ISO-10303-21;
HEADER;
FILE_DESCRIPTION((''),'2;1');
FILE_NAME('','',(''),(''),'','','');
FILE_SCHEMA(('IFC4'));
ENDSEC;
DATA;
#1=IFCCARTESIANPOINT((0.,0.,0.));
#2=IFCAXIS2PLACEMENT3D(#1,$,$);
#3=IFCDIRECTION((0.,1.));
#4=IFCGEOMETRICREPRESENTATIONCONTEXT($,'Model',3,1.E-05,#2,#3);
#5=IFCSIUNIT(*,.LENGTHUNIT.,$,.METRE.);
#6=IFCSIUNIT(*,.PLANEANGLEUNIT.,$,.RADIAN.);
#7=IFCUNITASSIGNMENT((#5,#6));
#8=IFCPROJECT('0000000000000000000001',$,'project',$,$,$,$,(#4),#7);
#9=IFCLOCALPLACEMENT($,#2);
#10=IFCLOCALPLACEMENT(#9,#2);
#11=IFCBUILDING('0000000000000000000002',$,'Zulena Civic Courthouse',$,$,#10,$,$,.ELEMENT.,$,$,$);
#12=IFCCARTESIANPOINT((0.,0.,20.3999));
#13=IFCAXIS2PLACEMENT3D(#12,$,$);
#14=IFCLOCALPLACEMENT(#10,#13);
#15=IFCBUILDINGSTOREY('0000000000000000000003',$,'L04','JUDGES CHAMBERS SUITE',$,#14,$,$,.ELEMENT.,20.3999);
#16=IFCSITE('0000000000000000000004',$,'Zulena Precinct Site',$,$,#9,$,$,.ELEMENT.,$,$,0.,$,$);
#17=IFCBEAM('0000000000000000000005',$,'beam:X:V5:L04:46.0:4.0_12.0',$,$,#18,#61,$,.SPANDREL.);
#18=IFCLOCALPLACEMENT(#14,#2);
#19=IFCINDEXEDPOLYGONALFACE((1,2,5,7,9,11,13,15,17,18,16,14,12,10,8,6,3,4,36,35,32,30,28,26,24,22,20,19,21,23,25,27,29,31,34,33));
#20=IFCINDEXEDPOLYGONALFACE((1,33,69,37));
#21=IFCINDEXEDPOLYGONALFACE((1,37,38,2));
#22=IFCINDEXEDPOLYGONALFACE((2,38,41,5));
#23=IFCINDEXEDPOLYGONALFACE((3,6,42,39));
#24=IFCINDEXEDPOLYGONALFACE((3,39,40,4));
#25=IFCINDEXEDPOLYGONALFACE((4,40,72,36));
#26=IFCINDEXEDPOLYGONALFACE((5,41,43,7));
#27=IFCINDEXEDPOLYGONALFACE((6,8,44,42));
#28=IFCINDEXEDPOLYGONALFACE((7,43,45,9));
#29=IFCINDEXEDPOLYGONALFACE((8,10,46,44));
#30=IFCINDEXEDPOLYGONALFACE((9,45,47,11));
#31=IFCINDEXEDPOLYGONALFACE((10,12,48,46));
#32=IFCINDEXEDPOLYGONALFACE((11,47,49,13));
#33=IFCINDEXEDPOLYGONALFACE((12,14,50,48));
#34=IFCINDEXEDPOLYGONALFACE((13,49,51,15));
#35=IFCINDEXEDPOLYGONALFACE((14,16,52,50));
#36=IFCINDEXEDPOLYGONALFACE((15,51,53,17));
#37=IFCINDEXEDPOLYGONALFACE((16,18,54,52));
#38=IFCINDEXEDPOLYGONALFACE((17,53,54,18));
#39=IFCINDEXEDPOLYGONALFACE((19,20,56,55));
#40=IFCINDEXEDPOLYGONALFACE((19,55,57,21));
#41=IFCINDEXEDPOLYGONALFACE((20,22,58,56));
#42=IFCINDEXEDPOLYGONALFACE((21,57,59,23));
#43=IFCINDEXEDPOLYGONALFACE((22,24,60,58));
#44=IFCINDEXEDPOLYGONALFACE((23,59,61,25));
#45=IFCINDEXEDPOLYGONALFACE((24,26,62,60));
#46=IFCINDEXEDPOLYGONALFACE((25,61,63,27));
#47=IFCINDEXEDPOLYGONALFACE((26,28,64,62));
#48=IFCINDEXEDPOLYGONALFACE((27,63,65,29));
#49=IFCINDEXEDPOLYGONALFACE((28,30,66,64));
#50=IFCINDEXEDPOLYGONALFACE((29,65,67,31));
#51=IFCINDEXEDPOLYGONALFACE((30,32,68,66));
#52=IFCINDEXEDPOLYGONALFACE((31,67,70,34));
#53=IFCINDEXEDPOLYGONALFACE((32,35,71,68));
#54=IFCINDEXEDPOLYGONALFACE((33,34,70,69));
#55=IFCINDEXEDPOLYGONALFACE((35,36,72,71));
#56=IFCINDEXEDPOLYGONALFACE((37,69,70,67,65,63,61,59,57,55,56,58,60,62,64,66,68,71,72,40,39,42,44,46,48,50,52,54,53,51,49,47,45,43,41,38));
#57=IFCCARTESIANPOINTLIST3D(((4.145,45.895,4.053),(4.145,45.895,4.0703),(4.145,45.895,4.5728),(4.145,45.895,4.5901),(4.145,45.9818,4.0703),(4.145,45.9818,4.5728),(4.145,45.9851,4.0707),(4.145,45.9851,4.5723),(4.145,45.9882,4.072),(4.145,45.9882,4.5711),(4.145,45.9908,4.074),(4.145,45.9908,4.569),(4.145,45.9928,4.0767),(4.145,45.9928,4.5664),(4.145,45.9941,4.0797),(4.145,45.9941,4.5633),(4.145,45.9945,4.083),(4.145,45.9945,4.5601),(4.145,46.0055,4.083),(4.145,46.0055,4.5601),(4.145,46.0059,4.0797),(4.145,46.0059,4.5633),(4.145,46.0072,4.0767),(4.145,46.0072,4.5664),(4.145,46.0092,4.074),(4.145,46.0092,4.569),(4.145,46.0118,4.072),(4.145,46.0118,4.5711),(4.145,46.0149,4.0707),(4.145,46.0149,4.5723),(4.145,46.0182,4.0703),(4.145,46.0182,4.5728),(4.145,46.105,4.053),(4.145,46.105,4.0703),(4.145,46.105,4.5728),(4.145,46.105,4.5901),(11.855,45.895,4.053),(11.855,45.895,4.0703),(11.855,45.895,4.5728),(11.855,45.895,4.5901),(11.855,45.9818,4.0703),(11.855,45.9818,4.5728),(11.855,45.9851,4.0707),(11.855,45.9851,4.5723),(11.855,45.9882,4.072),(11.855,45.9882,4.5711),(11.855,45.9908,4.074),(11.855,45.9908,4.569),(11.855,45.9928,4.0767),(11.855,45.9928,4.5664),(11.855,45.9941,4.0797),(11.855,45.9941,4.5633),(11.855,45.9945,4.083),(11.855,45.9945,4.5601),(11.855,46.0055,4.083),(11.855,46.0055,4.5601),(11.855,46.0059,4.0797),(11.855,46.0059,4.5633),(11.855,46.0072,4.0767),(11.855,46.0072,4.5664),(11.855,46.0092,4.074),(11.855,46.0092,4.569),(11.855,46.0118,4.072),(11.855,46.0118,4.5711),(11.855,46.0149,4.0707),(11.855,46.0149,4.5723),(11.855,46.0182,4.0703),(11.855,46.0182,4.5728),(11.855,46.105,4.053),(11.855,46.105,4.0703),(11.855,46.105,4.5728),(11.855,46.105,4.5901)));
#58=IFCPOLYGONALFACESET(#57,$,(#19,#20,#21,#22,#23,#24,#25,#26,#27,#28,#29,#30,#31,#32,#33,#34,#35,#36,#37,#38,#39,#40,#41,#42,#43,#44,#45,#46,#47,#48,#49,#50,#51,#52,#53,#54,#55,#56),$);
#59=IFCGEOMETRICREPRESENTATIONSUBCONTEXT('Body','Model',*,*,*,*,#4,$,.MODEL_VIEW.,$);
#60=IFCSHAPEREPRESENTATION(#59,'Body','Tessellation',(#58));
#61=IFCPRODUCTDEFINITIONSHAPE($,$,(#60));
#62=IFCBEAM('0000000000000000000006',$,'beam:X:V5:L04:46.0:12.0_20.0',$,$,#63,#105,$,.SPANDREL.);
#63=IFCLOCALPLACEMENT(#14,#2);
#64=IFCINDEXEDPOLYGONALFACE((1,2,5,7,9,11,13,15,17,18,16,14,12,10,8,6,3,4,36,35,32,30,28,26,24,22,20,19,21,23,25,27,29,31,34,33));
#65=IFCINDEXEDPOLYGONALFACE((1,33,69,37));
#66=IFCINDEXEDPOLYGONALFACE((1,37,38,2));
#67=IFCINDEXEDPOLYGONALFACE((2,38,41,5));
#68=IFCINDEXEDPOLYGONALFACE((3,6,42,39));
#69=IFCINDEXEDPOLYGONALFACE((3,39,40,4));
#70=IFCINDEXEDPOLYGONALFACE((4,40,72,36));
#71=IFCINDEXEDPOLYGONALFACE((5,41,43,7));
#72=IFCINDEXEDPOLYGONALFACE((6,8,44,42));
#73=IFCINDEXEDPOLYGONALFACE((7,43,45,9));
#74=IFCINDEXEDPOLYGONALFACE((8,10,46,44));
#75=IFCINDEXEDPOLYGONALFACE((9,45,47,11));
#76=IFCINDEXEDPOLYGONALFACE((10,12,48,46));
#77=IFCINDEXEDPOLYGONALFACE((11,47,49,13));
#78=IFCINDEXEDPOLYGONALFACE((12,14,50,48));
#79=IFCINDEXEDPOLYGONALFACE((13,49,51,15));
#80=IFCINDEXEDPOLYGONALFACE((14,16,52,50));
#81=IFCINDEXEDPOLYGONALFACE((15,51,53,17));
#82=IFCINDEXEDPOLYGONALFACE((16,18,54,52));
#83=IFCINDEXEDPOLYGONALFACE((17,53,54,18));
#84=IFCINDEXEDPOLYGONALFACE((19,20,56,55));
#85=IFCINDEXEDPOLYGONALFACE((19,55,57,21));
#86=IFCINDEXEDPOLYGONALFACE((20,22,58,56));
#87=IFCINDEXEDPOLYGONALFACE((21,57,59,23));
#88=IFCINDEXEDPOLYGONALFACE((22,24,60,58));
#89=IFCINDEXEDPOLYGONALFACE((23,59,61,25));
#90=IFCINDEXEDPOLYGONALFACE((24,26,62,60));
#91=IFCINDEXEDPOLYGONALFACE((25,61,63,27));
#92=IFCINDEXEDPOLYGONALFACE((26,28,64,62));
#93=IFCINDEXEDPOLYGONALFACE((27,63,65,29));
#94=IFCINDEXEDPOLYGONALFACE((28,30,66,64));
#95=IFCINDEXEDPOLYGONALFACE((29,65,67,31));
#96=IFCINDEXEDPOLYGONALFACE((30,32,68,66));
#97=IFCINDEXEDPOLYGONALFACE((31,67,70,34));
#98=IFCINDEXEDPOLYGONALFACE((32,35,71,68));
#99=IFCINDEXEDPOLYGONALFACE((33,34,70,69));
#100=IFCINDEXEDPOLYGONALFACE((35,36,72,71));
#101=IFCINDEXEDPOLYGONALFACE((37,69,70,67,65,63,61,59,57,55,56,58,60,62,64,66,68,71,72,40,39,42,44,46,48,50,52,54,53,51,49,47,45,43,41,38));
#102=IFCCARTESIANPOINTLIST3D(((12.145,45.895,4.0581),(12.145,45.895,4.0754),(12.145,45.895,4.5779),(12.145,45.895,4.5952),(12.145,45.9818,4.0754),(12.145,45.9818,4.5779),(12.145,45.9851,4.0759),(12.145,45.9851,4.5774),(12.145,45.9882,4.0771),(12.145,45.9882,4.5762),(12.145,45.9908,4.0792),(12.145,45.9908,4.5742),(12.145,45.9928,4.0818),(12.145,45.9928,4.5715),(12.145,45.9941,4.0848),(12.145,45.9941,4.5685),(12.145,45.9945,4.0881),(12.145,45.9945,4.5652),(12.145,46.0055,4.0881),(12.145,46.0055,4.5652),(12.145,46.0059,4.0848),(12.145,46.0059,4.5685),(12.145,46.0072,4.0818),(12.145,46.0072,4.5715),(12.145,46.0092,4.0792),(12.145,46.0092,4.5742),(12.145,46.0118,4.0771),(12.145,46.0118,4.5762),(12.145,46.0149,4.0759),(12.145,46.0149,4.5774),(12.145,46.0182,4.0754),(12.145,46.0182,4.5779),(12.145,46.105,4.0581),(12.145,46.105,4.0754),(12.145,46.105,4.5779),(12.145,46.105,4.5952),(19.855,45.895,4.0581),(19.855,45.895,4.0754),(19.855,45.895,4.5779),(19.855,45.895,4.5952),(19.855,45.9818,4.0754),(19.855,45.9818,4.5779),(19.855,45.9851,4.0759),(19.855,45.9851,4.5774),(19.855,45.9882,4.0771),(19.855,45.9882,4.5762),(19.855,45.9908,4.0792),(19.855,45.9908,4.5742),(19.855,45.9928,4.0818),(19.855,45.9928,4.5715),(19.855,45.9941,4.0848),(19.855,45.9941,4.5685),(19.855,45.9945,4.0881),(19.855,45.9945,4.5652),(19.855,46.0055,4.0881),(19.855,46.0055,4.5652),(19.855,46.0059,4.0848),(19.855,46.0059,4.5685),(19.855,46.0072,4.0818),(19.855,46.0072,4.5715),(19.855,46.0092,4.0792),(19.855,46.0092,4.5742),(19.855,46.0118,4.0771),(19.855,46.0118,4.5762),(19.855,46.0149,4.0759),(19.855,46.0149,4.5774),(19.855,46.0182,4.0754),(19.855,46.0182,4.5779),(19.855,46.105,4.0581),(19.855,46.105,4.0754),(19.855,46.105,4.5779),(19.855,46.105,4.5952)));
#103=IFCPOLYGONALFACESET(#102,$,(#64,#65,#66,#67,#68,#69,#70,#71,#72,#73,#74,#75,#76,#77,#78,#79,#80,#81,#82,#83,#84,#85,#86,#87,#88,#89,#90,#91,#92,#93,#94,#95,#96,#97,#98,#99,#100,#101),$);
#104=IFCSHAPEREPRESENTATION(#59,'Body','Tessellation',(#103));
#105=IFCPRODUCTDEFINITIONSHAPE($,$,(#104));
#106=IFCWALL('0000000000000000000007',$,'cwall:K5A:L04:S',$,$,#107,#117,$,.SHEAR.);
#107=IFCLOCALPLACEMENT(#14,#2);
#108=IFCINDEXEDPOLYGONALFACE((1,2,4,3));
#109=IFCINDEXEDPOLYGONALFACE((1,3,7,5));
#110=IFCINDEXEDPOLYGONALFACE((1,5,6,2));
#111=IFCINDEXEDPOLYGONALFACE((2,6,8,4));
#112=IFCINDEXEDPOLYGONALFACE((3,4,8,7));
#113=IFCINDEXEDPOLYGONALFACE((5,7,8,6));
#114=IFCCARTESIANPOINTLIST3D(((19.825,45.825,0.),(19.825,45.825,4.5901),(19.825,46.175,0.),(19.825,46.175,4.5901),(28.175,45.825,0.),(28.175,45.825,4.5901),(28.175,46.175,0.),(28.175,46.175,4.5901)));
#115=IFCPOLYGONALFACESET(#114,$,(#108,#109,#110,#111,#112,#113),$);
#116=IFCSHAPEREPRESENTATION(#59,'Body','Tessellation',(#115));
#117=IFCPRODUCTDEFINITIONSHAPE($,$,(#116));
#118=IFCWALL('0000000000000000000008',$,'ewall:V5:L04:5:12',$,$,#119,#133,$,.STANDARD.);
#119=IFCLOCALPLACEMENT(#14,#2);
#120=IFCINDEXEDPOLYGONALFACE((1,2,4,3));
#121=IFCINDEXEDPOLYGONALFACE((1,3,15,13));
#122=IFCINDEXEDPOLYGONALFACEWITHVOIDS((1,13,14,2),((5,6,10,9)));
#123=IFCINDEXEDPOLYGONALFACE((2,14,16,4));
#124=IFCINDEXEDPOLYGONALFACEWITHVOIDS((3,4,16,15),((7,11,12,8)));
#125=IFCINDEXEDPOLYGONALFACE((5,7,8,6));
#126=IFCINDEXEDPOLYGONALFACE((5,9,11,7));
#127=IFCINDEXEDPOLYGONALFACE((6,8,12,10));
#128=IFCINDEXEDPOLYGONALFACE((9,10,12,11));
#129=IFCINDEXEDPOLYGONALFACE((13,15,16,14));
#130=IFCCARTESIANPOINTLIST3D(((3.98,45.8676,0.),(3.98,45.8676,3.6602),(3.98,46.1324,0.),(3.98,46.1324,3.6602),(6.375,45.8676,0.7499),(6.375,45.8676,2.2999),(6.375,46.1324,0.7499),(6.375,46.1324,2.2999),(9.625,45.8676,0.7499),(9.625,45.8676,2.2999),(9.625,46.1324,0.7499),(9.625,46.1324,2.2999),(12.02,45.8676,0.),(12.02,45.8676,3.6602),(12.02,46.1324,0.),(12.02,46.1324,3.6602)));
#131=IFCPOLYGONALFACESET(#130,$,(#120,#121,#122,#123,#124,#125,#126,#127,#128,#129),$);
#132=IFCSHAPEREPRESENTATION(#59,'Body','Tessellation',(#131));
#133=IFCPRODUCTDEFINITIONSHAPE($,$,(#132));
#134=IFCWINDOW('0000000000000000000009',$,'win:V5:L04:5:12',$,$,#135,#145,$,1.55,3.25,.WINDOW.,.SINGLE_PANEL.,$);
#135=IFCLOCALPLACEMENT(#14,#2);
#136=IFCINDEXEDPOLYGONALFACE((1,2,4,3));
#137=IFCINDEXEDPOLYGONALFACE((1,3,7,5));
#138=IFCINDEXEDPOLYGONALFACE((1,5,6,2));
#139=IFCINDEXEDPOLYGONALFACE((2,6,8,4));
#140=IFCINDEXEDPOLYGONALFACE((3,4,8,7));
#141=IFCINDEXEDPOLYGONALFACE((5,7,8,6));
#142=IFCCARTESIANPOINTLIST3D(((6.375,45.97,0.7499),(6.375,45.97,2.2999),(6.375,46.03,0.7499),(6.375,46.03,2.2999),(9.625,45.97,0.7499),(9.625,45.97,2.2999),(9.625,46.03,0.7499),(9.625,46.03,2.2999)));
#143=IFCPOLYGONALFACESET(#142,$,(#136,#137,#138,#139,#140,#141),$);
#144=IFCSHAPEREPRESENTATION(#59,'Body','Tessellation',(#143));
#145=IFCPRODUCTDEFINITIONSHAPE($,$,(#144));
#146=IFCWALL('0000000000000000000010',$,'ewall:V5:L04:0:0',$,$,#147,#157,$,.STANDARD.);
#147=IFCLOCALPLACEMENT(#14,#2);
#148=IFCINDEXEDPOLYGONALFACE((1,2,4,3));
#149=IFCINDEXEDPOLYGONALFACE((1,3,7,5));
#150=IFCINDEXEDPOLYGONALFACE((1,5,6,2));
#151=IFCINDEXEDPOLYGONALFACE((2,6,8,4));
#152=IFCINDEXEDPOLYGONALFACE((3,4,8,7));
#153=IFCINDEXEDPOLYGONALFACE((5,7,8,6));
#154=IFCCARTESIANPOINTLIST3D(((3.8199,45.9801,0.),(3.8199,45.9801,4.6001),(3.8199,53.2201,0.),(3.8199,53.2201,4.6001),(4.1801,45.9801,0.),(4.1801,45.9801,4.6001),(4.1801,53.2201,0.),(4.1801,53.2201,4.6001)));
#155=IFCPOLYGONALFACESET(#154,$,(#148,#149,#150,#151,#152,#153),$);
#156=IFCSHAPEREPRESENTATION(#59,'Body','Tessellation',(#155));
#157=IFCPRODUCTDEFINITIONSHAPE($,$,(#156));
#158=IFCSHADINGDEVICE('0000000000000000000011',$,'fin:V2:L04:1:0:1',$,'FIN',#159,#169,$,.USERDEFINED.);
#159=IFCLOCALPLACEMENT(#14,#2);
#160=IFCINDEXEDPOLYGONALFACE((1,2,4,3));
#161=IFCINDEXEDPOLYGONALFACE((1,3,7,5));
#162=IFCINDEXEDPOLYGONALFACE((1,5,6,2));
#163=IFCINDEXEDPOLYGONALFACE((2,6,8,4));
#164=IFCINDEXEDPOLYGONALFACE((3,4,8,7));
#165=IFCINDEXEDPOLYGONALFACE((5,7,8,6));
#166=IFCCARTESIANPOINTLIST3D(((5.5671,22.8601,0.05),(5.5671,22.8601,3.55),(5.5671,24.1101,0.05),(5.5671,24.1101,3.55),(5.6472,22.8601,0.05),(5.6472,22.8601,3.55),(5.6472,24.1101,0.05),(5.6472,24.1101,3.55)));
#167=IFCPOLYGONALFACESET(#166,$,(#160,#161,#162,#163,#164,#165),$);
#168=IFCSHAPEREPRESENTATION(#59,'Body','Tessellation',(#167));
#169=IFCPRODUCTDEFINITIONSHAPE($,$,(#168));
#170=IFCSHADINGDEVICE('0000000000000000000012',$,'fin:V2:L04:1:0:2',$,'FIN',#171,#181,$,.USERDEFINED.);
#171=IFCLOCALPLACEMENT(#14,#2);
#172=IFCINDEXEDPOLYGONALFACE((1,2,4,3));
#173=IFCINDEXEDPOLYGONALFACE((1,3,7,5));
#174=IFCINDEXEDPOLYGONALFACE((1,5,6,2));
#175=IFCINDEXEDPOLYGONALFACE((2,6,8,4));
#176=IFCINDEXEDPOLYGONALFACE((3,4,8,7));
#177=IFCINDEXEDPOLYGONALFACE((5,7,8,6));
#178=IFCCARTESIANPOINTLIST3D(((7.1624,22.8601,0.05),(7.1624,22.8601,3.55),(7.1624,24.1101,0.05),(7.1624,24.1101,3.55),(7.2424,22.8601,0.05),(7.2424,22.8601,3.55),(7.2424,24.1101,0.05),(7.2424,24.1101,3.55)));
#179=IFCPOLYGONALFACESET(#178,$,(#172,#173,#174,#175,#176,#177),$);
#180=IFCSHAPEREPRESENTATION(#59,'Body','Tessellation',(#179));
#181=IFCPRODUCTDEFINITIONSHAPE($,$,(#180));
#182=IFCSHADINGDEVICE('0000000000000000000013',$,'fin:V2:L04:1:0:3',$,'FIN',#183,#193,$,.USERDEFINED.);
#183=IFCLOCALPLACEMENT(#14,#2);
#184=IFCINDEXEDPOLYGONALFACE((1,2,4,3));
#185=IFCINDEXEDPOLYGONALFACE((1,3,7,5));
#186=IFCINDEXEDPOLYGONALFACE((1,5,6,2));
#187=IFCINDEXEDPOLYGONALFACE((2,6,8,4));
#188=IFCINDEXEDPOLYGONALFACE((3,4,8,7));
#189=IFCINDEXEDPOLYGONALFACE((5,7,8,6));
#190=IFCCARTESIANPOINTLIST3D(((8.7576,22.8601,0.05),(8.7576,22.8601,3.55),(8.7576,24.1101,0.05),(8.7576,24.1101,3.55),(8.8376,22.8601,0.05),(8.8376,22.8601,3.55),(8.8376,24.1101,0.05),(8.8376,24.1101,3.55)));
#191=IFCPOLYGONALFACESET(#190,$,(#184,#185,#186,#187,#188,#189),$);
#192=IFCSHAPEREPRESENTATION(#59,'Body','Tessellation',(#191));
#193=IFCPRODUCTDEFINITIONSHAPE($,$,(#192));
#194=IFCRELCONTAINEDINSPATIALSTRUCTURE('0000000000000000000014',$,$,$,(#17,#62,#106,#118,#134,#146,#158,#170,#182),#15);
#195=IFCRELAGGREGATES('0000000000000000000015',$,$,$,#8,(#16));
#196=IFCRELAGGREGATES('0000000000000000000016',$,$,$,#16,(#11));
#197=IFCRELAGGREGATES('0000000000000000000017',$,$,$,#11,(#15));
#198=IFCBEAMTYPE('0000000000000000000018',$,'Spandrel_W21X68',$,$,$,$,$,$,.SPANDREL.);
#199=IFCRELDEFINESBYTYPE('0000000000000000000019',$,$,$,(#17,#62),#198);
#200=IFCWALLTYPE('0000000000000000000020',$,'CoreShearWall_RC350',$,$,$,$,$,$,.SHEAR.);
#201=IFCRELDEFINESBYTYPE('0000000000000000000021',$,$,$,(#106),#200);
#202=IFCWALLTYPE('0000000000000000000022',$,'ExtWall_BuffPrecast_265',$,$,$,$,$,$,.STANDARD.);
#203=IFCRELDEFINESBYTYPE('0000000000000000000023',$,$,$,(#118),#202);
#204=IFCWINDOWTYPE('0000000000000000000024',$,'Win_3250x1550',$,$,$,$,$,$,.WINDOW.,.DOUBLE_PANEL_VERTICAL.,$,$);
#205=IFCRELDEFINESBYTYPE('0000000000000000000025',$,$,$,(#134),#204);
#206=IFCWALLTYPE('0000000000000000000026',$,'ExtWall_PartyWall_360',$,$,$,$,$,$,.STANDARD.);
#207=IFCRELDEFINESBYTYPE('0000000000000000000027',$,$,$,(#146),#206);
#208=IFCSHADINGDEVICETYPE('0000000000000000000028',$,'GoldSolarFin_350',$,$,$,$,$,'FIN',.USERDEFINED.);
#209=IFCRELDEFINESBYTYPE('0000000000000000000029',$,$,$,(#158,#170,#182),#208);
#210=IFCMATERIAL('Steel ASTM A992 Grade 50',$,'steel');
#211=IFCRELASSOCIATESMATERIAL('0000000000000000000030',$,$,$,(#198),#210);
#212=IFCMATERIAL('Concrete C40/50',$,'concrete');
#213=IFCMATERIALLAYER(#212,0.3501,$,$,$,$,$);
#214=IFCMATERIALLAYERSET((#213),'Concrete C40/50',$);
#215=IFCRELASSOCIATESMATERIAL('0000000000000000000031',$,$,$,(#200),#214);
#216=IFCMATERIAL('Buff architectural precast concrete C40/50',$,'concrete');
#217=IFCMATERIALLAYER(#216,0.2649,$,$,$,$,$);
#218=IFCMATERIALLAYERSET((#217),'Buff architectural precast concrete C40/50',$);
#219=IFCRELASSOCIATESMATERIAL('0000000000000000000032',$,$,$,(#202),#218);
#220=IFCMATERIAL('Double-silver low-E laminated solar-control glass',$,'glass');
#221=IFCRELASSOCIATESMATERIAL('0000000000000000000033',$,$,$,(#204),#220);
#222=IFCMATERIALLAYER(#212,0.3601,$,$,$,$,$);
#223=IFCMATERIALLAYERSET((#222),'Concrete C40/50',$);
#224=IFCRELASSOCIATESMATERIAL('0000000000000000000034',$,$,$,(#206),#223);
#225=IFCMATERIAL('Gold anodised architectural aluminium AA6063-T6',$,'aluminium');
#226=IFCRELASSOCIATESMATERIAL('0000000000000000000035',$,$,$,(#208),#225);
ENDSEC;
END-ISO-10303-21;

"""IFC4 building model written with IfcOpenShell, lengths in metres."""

from ifc_helpers import new_model, si_unit, direction, frame, frame_2d, origin, origin_2d, place, context, subcontext, project, spatial, rectangle, i_section, extrude, material, layer, layer_set, material_profile, profile_set, type_object, element, fill, save


model = new_model("IFC4")

# Units and contexts
model_context = context("Model", 3, precision=1e-05, world=origin(), true_north=direction((0.0, 1.0)))
body_context = subcontext(model_context, "Body", "Model", "MODEL_VIEW")
ifc_project = project(units=[si_unit("LENGTHUNIT", "METRE"), si_unit("PLANEANGLEUNIT", "RADIAN")], contexts=[model_context])

# Site, building, storey
site_placement = place(None, origin())
site = spatial("IfcSite", under=ifc_project, at=site_placement, Name="Zulena Precinct Site", CompositionType="ELEMENT", RefElevation=0.0)
building_placement = place(site_placement, origin())
building = spatial("IfcBuilding", under=site, at=building_placement, Name="Zulena Civic Courthouse", CompositionType="ELEMENT")
storey_placement = place(building_placement, frame((0.0, 0.0, 20.3999)))
storey = spatial("IfcBuildingStorey", under=building, at=storey_placement, Name="L04", Description="JUDGES CHAMBERS SUITE", CompositionType="ELEMENT", Elevation=20.3999)

# Shared definitions
ifc_material_1 = material(Name="Steel ASTM A992 Grade 50", Category="steel")

# Beams
ifc_material_profile_1 = material_profile(ifc_material_1, i_section(OverallWidth=0.21, OverallDepth=0.5371, WebThickness=0.011, FlangeThickness=0.0173, FilletRadius=0.0127, at=origin_2d()), Name="W21X68")
ifc_profile_set_1 = profile_set([ifc_material_profile_1], Name="Steel ASTM A992 Grade 50")
beam_type_1 = type_object("IfcBeamType", Name="Spandrel_W21X68", PredefinedType="SPANDREL", material=ifc_profile_set_1)
for number, where, z_axis, x_axis, name in (
    (1, (4.145, 46.0, 4.3215), (1.0, 0.0, 0.0), (0.0, 1.0, 0.0), "beam:X:V5:L04:46.0:4.0_12.0"),
    (2, (12.145, 46.0, 4.3267), (1.0, 0.0, 0.0), (0.0, 1.0, 0.0), "beam:X:V5:L04:46.0:12.0_20.0"),
):
    element("IfcBeam", number, at=place(storey_placement, frame(where, z_axis=z_axis, x_axis=x_axis)), inside=storey, type_object=beam_type_1, Name=name, PredefinedType="SPANDREL", context=body_context, shape_type="SweptSolid", body=[
        extrude(i_section(OverallWidth=0.21, OverallDepth=0.5371, WebThickness=0.011, FlangeThickness=0.0173, FilletRadius=0.0127, at=origin_2d()), origin(), (0.0, 0.0, 1.0), 7.71),
    ])

# Wall
ifc_material_2 = material(Name="Concrete C40/50", Category="concrete")
ifc_layer_1 = layer(ifc_material_2, 0.3501)
ifc_layer_set_1 = layer_set([ifc_layer_1], Name="Concrete C40/50")
wall_type_1 = type_object("IfcWallType", Name="CoreShearWall_RC350", PredefinedType="SHEAR", material=ifc_layer_set_1)
wall_1_placement = place(storey_placement, frame((19.825, 46.0, 0.0), z_axis=(0.0, 0.0, 1.0), x_axis=(1.0, 0.0, 0.0)))
element("IfcWall", 3, at=wall_1_placement, inside=storey, type_object=wall_type_1, Name="cwall:K5A:L04:S", PredefinedType="SHEAR", context=body_context, shape_type="SweptSolid", body=[
    extrude(rectangle(XDim=8.3501, YDim=0.3501, at=frame_2d((4.175, 0.0))), origin(), (0.0, 0.0, 1.0), 4.5901),
])

# Wall, opening, window
ifc_material_3 = material(Name="Buff architectural precast concrete C40/50", Category="concrete")
ifc_layer_2 = layer(ifc_material_3, 0.2649)
ifc_layer_set_2 = layer_set([ifc_layer_2], Name="Buff architectural precast concrete C40/50")
wall_type_2 = type_object("IfcWallType", Name="ExtWall_BuffPrecast_265", PredefinedType="STANDARD", material=ifc_layer_set_2)
wall_2_placement = place(storey_placement, frame((12.02, 46.0, 0.0), z_axis=(0.0, 0.0, 1.0), x_axis=(-1.0, 0.0, 0.0)))
wall_2 = element("IfcWall", 4, at=wall_2_placement, inside=storey, type_object=wall_type_2, Name="ewall:V5:L04:5:12", PredefinedType="STANDARD", context=body_context, shape_type="SweptSolid", body=[
    extrude(rectangle(XDim=8.04, YDim=0.2649, at=frame_2d((4.02, 0.0))), origin(), (0.0, 0.0, 1.0), 3.6602),
])
opening_placement = place(wall_2_placement, frame((2.395, 0.0, 0.75)))
opening = element("IfcOpeningElement", 5, at=opening_placement, cuts=wall_2, PredefinedType="OPENING", context=body_context, shape_type="SweptSolid", body=[
    extrude(rectangle(XDim=3.25, YDim=1.55, at=frame_2d((1.625, 0.7749))), frame((0.0, 0.1423, 0.0), z_axis=(0.0, -1.0, 0.0), x_axis=(1.0, 0.0, 0.0)), (0.0, 0.0, 1.0), 0.2849),
])
ifc_material_4 = material(Name="Double-silver low-E laminated solar-control glass", Category="glass")
window_type = type_object("IfcWindowType", Name="Win_3250x1550", PartitioningType="DOUBLE_PANEL_VERTICAL", PredefinedType="WINDOW", material=ifc_material_4)
window_placement = place(opening_placement, origin())
window = element("IfcWindow", 6, at=window_placement, inside=storey, type_object=window_type, Name="win:V5:L04:5:12", OverallHeight=1.55, OverallWidth=3.25, PartitioningType="SINGLE_PANEL", PredefinedType="WINDOW", context=body_context, shape_type="SweptSolid", body=[
    extrude(rectangle(XDim=3.25, YDim=1.55, at=frame_2d((1.625, 0.7749))), frame((0.0, 0.03, 0.0), z_axis=(0.0, -1.0, 0.0), x_axis=(1.0, 0.0, 0.0)), (0.0, 0.0, 1.0), 0.0601),
])
fill(opening, window)

# Wall
ifc_layer_3 = layer(ifc_material_2, 0.3601)
ifc_layer_set_3 = layer_set([ifc_layer_3], Name="Concrete C40/50")
wall_type_3 = type_object("IfcWallType", Name="ExtWall_PartyWall_360", PredefinedType="STANDARD", material=ifc_layer_set_3)
wall_3_placement = place(storey_placement, frame((4.0, 45.98, 0.0), z_axis=(0.0, 0.0, 1.0), x_axis=(0.0, 1.0, 0.0)))
element("IfcWall", 7, at=wall_3_placement, inside=storey, type_object=wall_type_3, Name="ewall:V5:L04:0:0", PredefinedType="STANDARD", context=body_context, shape_type="SweptSolid", body=[
    extrude(rectangle(XDim=7.24, YDim=0.3601, at=frame_2d((3.6201, 0.0))), origin(), (0.0, 0.0, 1.0), 4.6001),
])

# Shading devices
ifc_material_5 = material(Name="Gold anodised architectural aluminium AA6063-T6", Category="aluminium")
shading_device_type = type_object("IfcShadingDeviceType", Name="GoldSolarFin_350", ElementType="FIN", PredefinedType="USERDEFINED", material=ifc_material_5)
for number, where, z_axis, x_axis, name in (
    (8, (5.6072, 23.4851, 0.05), (0.0, 0.0, 1.0), (0.0, 1.0, 0.0), "fin:V2:L04:1:0:1"),
    (9, (7.2024, 23.4851, 0.05), (0.0, 0.0, 1.0), (0.0, 1.0, 0.0), "fin:V2:L04:1:0:2"),
    (10, (8.7976, 23.4851, 0.05), (0.0, 0.0, 1.0), (0.0, 1.0, 0.0), "fin:V2:L04:1:0:3"),
):
    element("IfcShadingDevice", number, at=place(storey_placement, frame(where, z_axis=z_axis, x_axis=x_axis)), inside=storey, type_object=shading_device_type, Name=name, ObjectType="FIN", PredefinedType="USERDEFINED", context=body_context, shape_type="SweptSolid", body=[
        extrude(rectangle(XDim=1.25, YDim=0.0801, at=origin_2d()), origin(), (0.0, 0.0, 1.0), 3.5),
    ])

save(model, "model.ifc")
